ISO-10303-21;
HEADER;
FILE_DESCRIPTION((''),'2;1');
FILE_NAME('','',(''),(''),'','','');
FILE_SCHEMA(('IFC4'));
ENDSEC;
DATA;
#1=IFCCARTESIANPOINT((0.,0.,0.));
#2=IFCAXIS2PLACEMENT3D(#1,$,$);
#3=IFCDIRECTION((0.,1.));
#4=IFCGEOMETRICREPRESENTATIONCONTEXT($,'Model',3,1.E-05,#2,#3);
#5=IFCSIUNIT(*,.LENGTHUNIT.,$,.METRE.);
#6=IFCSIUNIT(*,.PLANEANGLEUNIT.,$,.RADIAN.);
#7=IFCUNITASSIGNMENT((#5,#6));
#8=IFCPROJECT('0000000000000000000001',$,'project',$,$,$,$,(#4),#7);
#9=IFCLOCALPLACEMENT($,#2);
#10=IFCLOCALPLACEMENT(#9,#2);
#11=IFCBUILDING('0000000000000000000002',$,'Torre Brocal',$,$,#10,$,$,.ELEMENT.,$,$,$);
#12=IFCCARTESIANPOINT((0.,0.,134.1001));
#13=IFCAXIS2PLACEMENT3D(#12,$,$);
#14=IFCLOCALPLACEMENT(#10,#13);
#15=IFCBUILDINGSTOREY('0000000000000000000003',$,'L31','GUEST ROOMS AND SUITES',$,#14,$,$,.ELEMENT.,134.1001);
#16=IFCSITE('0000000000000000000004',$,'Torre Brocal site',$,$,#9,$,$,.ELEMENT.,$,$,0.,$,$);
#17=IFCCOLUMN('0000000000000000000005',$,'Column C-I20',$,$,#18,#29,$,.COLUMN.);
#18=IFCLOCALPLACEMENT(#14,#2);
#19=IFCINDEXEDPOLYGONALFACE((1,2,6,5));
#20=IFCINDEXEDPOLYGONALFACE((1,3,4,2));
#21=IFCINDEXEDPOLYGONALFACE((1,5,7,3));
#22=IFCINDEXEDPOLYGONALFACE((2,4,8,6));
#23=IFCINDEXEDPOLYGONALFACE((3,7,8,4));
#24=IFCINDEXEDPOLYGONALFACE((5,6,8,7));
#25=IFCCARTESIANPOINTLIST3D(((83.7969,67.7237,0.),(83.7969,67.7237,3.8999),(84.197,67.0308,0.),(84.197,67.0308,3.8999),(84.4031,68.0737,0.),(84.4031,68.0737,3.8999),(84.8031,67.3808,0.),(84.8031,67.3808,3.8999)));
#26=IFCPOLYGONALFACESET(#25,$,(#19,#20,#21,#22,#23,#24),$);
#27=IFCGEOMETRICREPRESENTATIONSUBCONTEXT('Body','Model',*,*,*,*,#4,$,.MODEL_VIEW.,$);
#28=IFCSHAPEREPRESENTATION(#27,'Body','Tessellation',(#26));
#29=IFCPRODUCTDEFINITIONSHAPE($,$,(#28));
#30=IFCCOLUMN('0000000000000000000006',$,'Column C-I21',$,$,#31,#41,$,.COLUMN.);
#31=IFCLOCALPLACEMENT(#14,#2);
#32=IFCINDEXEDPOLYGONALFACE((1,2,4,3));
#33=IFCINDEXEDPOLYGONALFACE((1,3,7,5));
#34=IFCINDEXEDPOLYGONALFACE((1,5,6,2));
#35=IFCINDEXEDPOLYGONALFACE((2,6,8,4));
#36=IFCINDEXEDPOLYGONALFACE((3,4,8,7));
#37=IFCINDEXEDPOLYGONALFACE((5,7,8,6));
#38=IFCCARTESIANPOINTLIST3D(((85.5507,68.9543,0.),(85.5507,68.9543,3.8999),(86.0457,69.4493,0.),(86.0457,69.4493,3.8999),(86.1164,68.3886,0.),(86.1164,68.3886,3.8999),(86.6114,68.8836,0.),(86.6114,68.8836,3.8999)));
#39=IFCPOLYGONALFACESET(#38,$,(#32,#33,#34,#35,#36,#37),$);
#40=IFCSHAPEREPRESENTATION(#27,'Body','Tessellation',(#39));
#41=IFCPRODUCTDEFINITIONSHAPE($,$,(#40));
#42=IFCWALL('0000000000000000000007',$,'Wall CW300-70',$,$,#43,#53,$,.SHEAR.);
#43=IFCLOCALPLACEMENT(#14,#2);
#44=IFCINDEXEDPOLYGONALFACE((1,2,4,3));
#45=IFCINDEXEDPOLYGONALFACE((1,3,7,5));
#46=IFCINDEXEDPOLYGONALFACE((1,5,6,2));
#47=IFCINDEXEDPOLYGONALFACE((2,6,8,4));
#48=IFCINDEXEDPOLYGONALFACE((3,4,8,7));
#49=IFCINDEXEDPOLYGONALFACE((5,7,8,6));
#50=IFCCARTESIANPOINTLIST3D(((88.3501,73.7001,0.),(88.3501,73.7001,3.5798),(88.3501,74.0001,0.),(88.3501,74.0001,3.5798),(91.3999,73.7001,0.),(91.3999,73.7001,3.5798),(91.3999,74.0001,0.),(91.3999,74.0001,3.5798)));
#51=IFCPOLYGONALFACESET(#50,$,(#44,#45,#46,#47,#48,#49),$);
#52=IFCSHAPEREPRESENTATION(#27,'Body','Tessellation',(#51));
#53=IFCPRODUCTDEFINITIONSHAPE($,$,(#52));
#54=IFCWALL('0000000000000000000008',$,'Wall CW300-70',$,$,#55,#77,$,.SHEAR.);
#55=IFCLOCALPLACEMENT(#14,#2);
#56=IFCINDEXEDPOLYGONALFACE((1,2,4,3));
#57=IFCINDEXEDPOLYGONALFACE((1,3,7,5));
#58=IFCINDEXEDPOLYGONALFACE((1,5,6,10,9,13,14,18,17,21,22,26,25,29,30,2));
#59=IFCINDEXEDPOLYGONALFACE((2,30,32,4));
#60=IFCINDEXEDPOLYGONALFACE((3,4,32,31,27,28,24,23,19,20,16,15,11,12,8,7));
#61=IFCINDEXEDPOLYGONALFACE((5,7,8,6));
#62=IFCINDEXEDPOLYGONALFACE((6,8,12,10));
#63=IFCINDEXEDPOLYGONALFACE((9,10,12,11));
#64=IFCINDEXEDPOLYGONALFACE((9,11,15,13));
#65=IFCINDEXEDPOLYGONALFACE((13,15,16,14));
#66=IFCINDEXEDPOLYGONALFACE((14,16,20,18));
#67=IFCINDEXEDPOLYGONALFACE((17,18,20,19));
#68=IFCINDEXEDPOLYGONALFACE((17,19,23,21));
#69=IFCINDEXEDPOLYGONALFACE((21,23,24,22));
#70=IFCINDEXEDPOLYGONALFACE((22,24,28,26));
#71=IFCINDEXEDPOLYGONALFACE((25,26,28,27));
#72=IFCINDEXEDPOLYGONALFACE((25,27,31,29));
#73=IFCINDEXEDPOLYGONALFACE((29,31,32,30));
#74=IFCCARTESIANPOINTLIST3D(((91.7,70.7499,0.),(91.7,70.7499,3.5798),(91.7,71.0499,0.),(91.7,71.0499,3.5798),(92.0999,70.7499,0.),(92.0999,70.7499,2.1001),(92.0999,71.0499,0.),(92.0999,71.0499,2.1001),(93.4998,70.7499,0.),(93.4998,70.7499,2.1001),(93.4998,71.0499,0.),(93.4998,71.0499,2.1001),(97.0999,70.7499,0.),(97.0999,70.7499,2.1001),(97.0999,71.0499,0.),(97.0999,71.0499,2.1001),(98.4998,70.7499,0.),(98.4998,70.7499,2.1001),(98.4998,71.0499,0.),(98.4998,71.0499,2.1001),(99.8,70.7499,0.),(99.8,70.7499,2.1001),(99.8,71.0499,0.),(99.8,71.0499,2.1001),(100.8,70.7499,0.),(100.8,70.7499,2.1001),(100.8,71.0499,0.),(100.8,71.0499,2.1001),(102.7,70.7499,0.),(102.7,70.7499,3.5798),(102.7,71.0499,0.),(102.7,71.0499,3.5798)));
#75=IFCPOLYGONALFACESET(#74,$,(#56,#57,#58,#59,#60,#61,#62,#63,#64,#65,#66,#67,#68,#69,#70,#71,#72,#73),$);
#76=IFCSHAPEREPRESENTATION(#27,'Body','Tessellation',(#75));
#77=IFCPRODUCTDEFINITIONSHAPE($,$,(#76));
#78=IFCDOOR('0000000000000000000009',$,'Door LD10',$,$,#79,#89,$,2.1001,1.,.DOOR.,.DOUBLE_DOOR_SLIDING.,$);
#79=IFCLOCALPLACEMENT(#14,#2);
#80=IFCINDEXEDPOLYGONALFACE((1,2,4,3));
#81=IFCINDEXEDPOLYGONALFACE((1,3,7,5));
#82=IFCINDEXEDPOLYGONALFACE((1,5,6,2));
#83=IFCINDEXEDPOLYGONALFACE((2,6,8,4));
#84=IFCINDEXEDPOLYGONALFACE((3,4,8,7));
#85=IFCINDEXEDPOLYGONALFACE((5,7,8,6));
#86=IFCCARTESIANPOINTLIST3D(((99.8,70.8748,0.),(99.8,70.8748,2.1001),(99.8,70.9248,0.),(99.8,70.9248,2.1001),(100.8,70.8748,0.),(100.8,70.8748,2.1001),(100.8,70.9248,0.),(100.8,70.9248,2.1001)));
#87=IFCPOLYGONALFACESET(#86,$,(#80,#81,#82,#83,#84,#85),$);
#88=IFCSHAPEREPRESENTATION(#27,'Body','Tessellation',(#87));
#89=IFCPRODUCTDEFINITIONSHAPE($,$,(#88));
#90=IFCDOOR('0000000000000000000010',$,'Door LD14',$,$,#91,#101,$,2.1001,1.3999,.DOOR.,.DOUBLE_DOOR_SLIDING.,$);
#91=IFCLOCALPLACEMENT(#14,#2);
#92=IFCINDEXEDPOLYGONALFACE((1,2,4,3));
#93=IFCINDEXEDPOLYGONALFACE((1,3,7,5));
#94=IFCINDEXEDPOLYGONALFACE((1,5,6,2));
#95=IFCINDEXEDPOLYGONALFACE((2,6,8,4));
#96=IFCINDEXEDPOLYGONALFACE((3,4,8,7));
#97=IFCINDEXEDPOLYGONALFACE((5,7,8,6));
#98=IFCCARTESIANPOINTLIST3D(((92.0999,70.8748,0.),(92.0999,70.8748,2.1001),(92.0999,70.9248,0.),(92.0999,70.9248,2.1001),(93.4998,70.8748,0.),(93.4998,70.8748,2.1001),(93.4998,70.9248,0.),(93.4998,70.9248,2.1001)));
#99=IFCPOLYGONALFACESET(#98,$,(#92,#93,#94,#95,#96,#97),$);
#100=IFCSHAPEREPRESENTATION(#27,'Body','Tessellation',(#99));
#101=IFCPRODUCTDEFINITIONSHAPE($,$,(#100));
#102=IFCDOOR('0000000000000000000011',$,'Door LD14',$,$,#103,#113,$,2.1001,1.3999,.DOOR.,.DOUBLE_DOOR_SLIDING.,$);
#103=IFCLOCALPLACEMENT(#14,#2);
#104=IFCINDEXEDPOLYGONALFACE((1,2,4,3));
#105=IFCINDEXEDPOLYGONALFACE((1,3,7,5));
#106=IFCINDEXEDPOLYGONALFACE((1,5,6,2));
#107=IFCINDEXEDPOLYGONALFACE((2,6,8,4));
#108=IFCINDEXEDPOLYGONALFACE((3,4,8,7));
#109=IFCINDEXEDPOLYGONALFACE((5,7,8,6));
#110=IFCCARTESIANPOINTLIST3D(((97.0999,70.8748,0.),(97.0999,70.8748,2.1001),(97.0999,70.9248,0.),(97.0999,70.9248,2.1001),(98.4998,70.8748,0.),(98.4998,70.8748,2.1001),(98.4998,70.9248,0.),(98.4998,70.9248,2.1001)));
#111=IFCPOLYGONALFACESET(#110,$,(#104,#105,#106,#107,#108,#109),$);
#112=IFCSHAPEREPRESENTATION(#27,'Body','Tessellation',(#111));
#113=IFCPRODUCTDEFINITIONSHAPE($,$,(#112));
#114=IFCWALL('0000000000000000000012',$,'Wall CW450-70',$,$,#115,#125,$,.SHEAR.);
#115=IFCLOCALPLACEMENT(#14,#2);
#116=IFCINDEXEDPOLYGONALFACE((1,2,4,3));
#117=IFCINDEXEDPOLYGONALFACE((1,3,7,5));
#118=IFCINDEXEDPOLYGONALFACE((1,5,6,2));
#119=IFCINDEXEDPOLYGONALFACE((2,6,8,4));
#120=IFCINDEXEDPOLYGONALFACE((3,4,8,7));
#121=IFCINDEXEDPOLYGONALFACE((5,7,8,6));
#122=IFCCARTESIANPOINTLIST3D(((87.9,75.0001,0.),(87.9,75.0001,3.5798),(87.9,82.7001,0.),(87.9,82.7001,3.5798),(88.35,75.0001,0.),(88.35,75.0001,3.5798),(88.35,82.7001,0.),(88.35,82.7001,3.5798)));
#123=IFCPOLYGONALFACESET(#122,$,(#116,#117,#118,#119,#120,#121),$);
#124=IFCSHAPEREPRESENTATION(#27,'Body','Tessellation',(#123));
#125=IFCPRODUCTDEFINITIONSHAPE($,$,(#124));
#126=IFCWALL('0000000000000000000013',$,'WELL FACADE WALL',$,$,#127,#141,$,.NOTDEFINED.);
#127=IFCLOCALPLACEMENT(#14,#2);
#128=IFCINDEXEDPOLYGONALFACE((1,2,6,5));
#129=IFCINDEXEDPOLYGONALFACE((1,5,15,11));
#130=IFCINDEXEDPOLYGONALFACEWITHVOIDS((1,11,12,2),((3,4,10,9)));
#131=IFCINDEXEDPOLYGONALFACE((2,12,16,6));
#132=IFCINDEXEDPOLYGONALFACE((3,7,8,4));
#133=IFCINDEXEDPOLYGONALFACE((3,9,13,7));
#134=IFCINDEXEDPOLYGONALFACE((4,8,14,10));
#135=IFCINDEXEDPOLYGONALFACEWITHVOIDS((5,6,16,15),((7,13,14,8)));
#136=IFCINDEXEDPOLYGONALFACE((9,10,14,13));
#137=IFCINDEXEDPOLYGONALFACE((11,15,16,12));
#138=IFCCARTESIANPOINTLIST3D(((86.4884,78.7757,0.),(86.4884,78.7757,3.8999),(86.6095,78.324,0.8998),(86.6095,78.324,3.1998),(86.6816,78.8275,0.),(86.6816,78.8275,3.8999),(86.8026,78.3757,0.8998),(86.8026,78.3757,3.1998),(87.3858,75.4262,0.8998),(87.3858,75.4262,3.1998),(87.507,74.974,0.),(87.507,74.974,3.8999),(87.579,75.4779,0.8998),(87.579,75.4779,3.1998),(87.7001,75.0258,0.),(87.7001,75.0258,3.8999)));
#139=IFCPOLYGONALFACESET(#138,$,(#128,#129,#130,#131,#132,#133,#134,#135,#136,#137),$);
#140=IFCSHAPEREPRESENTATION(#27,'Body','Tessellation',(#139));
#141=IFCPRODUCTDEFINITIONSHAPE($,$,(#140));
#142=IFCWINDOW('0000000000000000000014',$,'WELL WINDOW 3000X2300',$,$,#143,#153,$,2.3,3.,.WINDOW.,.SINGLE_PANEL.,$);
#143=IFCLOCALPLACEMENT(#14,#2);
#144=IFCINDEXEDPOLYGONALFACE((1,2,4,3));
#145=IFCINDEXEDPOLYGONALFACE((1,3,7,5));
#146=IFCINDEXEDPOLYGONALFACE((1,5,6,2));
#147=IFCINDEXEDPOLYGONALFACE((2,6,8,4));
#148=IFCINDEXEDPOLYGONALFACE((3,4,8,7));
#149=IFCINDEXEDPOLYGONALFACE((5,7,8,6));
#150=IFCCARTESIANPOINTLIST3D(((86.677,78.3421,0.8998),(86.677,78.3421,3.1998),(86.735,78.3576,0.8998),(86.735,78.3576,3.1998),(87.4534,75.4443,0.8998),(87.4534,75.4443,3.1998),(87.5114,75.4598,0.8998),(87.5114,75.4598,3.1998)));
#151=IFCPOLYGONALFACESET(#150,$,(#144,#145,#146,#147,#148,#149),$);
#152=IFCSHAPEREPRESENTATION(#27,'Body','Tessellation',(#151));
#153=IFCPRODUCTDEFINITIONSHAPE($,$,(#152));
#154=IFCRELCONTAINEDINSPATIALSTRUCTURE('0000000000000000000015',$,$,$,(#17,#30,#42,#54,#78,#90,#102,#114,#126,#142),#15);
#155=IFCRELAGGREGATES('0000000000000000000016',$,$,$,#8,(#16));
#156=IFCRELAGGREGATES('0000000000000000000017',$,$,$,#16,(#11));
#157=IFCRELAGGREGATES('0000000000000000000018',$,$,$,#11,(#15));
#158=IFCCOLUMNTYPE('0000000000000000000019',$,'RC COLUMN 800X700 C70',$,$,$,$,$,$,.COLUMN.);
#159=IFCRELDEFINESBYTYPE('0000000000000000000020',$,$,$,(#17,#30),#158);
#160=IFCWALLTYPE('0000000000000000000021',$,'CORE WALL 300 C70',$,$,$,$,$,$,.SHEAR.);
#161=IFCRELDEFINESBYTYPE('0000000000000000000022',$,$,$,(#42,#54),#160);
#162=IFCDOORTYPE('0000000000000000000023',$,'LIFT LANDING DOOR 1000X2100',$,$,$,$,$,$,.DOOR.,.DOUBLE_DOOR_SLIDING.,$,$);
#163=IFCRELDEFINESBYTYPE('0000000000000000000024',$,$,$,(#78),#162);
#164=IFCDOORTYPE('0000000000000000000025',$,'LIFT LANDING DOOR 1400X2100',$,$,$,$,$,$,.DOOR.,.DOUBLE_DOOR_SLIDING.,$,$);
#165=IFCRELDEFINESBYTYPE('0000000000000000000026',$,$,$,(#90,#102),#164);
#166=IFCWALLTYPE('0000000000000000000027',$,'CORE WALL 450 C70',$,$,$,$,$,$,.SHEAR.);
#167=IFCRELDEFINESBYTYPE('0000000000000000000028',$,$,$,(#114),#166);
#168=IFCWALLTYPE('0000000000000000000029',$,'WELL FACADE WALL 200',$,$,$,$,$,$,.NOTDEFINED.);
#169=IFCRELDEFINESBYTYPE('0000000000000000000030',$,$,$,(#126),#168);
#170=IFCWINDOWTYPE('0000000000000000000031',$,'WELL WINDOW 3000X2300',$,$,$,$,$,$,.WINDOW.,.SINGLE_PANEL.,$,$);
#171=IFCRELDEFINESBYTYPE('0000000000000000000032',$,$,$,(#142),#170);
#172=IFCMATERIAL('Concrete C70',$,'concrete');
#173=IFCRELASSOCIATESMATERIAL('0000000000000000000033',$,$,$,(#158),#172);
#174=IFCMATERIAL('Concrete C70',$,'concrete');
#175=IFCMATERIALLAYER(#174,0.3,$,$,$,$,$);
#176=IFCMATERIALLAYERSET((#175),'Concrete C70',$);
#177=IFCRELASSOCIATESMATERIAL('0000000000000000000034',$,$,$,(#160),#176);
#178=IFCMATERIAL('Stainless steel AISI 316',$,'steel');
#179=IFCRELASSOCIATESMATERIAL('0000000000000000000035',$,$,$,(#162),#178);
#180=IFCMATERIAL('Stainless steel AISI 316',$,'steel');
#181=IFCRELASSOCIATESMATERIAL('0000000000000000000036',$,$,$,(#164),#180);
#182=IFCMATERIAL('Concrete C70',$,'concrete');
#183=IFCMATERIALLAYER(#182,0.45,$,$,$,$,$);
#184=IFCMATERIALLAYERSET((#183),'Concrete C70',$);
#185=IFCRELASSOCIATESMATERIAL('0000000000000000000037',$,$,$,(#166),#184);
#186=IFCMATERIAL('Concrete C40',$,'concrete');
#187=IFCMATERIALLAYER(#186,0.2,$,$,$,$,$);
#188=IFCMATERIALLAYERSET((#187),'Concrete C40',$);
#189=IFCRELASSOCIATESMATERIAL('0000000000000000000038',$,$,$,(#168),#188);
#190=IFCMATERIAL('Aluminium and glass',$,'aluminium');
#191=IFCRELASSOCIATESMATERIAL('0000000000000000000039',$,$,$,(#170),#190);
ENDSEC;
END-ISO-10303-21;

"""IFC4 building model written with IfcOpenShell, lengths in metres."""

from ifc_helpers import new_model, si_unit, direction, frame, frame_2d, origin, origin_2d, place, context, subcontext, project, spatial, rectangle, extrude, material, layer, layer_set, material_profile, profile_set, type_object, element, fill, save


model = new_model("IFC4")

# Units and contexts
model_context = context("Model", 3, precision=1e-05, world=origin(), true_north=direction((0.0, 1.0)))
body_context = subcontext(model_context, "Body", "Model", "MODEL_VIEW")
ifc_project = project(units=[si_unit("LENGTHUNIT", "METRE"), si_unit("PLANEANGLEUNIT", "RADIAN")], contexts=[model_context])

# Site, building, storey
site_placement = place(None, origin())
site = spatial("IfcSite", under=ifc_project, at=site_placement, Name="Torre Brocal site", CompositionType="ELEMENT", RefElevation=0.0)
building_placement = place(site_placement, origin())
building = spatial("IfcBuilding", under=site, at=building_placement, Name="Torre Brocal", CompositionType="ELEMENT")
storey_placement = place(building_placement, frame((0.0, 0.0, 134.1001)))
storey = spatial("IfcBuildingStorey", under=building, at=storey_placement, Name="L31", Description="GUEST ROOMS AND SUITES", CompositionType="ELEMENT", Elevation=134.1001)

# Columns
ifc_material_1 = material(Name="Concrete C70", Category="concrete")
ifc_material_profile = material_profile(ifc_material_1, rectangle(XDim=0.8, YDim=0.7, at=origin_2d()), Name="RC 800X700")
ifc_profile_set = profile_set([ifc_material_profile], Name="Concrete C70")
column_type = type_object("IfcColumnType", Name="RC COLUMN 800X700 C70", PredefinedType="COLUMN", material=ifc_profile_set)
for number, where, z_axis, x_axis, name in (
    (1, (84.3, 67.5522, 0.0), (0.0, 0.0, 1.0), (0.5, -0.866025, 0.0), "Column C-I20"),
    (2, (86.0811, 68.9189, 0.0), (0.0, 0.0, 1.0), (0.707107, -0.707107, 0.0), "Column C-I21"),
):
    element("IfcColumn", number, at=place(storey_placement, frame(where, z_axis=z_axis, x_axis=x_axis)), inside=storey, type_object=column_type, Name=name, PredefinedType="COLUMN", context=body_context, shape_type="SweptSolid", body=[
        extrude(rectangle(XDim=0.8, YDim=0.7, at=origin_2d()), origin(), (0.0, 0.0, 1.0), 3.8999),
    ])

# Wall
ifc_material_2 = material(Name="Concrete C70", Category="concrete")
ifc_layer_1 = layer(ifc_material_2, 0.3)
ifc_layer_set_1 = layer_set([ifc_layer_1], Name="Concrete C70")
wall_type_1 = type_object("IfcWallType", Name="CORE WALL 300 C70", PredefinedType="SHEAR", material=ifc_layer_set_1)
wall_1_placement = place(storey_placement, frame((88.3501, 73.8501, 0.0), z_axis=(0.0, 0.0, 1.0), x_axis=(1.0, 0.0, 0.0)))
element("IfcWall", 3, at=wall_1_placement, inside=storey, type_object=wall_type_1, Name="Wall CW300-70", PredefinedType="SHEAR", context=body_context, shape_type="SweptSolid", body=[
    extrude(rectangle(XDim=3.0498, YDim=0.3, at=frame_2d((1.5249, 0.0))), origin(), (0.0, 0.0, 1.0), 3.5798),
])

# Wall, openings, doors
wall_2_placement = place(storey_placement, frame((91.7, 70.8999, 0.0), z_axis=(0.0, 0.0, 1.0), x_axis=(1.0, 0.0, 0.0)))
wall_2 = element("IfcWall", 4, at=wall_2_placement, inside=storey, type_object=wall_type_1, Name="Wall CW300-70", PredefinedType="SHEAR", context=body_context, shape_type="SweptSolid", body=[
    extrude(rectangle(XDim=11.0, YDim=0.3, at=frame_2d((5.5, 0.0))), origin(), (0.0, 0.0, 1.0), 3.5798),
])
opening_1_placement = place(wall_2_placement, frame((0.3999, 0.0, 0.0)))
opening_1 = element("IfcOpeningElement", 5, at=opening_1_placement, cuts=wall_2, PredefinedType="OPENING", context=body_context, shape_type="SweptSolid", body=[
    extrude(rectangle(XDim=1.3999, YDim=2.1001, at=frame_2d((0.7, 1.05))), frame((0.0, 0.1599, 0.0), z_axis=(0.0, -1.0, 0.0), x_axis=(1.0, 0.0, 0.0)), (0.0, 0.0, 1.0), 0.3201),
])
opening_2_placement = place(wall_2_placement, frame((5.3999, 0.0, 0.0)))
opening_2 = element("IfcOpeningElement", 6, at=opening_2_placement, cuts=wall_2, PredefinedType="OPENING", context=body_context, shape_type="SweptSolid", body=[
    extrude(rectangle(XDim=1.3999, YDim=2.1001, at=frame_2d((0.7, 1.05))), frame((0.0, 0.1599, 0.0), z_axis=(0.0, -1.0, 0.0), x_axis=(1.0, 0.0, 0.0)), (0.0, 0.0, 1.0), 0.3201),
])
opening_3_placement = place(wall_2_placement, frame((8.1001, 0.0, 0.0)))
opening_3 = element("IfcOpeningElement", 7, at=opening_3_placement, cuts=wall_2, PredefinedType="OPENING", context=body_context, shape_type="SweptSolid", body=[
    extrude(rectangle(XDim=1.0, YDim=2.1001, at=frame_2d((0.5, 1.05))), frame((0.0, 0.1599, 0.0), z_axis=(0.0, -1.0, 0.0), x_axis=(1.0, 0.0, 0.0)), (0.0, 0.0, 1.0), 0.3201),
])
ifc_material_3 = material(Name="Stainless steel AISI 316", Category="steel")
door_type_1 = type_object("IfcDoorType", Name="LIFT LANDING DOOR 1000X2100", OperationType="DOUBLE_DOOR_SLIDING", PredefinedType="DOOR", material=ifc_material_3)
door_1_placement = place(opening_3_placement, origin())
door_1 = element("IfcDoor", 8, at=door_1_placement, inside=storey, type_object=door_type_1, Name="Door LD10", OperationType="DOUBLE_DOOR_SLIDING", OverallHeight=2.1001, OverallWidth=1.0, PredefinedType="DOOR", context=body_context, shape_type="SweptSolid", body=[
    extrude(rectangle(XDim=1.0, YDim=2.1001, at=frame_2d((0.5, 1.05))), frame((0.0, 0.0249, 0.0), z_axis=(0.0, -1.0, 0.0), x_axis=(1.0, 0.0, 0.0)), (0.0, 0.0, 1.0), 0.05),
])
fill(opening_3, door_1)
ifc_material_4 = material(Name="Stainless steel AISI 316", Category="steel")
door_type_2 = type_object("IfcDoorType", Name="LIFT LANDING DOOR 1400X2100", OperationType="DOUBLE_DOOR_SLIDING", PredefinedType="DOOR", material=ifc_material_4)
door_2_placement = place(opening_1_placement, origin())
door_2 = element("IfcDoor", 9, at=door_2_placement, inside=storey, type_object=door_type_2, Name="Door LD14", OperationType="DOUBLE_DOOR_SLIDING", OverallHeight=2.1001, OverallWidth=1.3999, PredefinedType="DOOR", context=body_context, shape_type="SweptSolid", body=[
    extrude(rectangle(XDim=1.3999, YDim=2.1001, at=frame_2d((0.7, 1.05))), frame((0.0, 0.0249, 0.0), z_axis=(0.0, -1.0, 0.0), x_axis=(1.0, 0.0, 0.0)), (0.0, 0.0, 1.0), 0.05),
])
fill(opening_1, door_2)
door_3_placement = place(opening_2_placement, origin())
door_3 = element("IfcDoor", 10, at=door_3_placement, inside=storey, type_object=door_type_2, Name="Door LD14", OperationType="DOUBLE_DOOR_SLIDING", OverallHeight=2.1001, OverallWidth=1.3999, PredefinedType="DOOR", context=body_context, shape_type="SweptSolid", body=[
    extrude(rectangle(XDim=1.3999, YDim=2.1001, at=frame_2d((0.7, 1.05))), frame((0.0, 0.0249, 0.0), z_axis=(0.0, -1.0, 0.0), x_axis=(1.0, 0.0, 0.0)), (0.0, 0.0, 1.0), 0.05),
])
fill(opening_2, door_3)

# Wall
ifc_material_5 = material(Name="Concrete C70", Category="concrete")
ifc_layer_2 = layer(ifc_material_5, 0.45)
ifc_layer_set_2 = layer_set([ifc_layer_2], Name="Concrete C70")
wall_type_2 = type_object("IfcWallType", Name="CORE WALL 450 C70", PredefinedType="SHEAR", material=ifc_layer_set_2)
wall_3_placement = place(storey_placement, frame((88.125, 75.0, 0.0), z_axis=(0.0, 0.0, 1.0), x_axis=(0.0, 1.0, 0.0)))
element("IfcWall", 11, at=wall_3_placement, inside=storey, type_object=wall_type_2, Name="Wall CW450-70", PredefinedType="SHEAR", context=body_context, shape_type="SweptSolid", body=[
    extrude(rectangle(XDim=7.7, YDim=0.45, at=frame_2d((3.8501, 0.0))), origin(), (0.0, 0.0, 1.0), 3.5798),
])

# Wall, opening, window
ifc_material_6 = material(Name="Concrete C40", Category="concrete")
ifc_layer_3 = layer(ifc_material_6, 0.2)
ifc_layer_set_3 = layer_set([ifc_layer_3], Name="Concrete C40")
wall_type_3 = type_object("IfcWallType", Name="WELL FACADE WALL 200", PredefinedType="NOTDEFINED", material=ifc_layer_set_3)
wall_4_placement = place(storey_placement, frame((87.6035, 75.0, 0.0), z_axis=(0.0, 0.0, 1.0), x_axis=(-0.25879, 0.965934, 0.0)))
wall_4 = element("IfcWall", 12, at=wall_4_placement, inside=storey, type_object=wall_type_3, Name="WELL FACADE WALL", PredefinedType="NOTDEFINED", context=body_context, shape_type="SweptSolid", body=[
    extrude(rectangle(XDim=3.9358, YDim=0.2, at=frame_2d((1.9678, 0.0))), origin(), (0.0, 0.0, 1.0), 3.8999),
])
opening_4_placement = place(wall_4_placement, frame((0.468, 0.0, 0.8999)))
opening_4 = element("IfcOpeningElement", 13, at=opening_4_placement, cuts=wall_4, PredefinedType="OPENING", context=body_context, shape_type="SweptSolid", body=[
    extrude(rectangle(XDim=3.0, YDim=2.3, at=frame_2d((1.5, 1.1499))), frame((0.0, 0.1099, 0.0), z_axis=(0.0, -1.0, 0.0), x_axis=(1.0, 0.0, 0.0)), (0.0, 0.0, 1.0), 0.22),
])
ifc_material_7 = material(Name="Aluminium and glass", Category="aluminium")
window_type = type_object("IfcWindowType", Name="WELL WINDOW 3000X2300", PartitioningType="SINGLE_PANEL", PredefinedType="WINDOW", material=ifc_material_7)
window_1_placement = place(opening_4_placement, origin())
window_1 = element("IfcWindow", 14, at=window_1_placement, inside=storey, type_object=window_type, Name="WELL WINDOW 3000X2300", OverallHeight=2.3, OverallWidth=3.0, PartitioningType="SINGLE_PANEL", PredefinedType="WINDOW", context=body_context, shape_type="SweptSolid", body=[
    extrude(rectangle(XDim=3.0, YDim=2.3, at=frame_2d((1.5, 1.1499))), frame((0.0, 0.03, 0.0), z_axis=(0.0, -1.0, 0.0), x_axis=(1.0, 0.0, 0.0)), (0.0, 0.0, 1.0), 0.0601),
])
fill(opening_4, window_1)

save(model, "model.ifc")
